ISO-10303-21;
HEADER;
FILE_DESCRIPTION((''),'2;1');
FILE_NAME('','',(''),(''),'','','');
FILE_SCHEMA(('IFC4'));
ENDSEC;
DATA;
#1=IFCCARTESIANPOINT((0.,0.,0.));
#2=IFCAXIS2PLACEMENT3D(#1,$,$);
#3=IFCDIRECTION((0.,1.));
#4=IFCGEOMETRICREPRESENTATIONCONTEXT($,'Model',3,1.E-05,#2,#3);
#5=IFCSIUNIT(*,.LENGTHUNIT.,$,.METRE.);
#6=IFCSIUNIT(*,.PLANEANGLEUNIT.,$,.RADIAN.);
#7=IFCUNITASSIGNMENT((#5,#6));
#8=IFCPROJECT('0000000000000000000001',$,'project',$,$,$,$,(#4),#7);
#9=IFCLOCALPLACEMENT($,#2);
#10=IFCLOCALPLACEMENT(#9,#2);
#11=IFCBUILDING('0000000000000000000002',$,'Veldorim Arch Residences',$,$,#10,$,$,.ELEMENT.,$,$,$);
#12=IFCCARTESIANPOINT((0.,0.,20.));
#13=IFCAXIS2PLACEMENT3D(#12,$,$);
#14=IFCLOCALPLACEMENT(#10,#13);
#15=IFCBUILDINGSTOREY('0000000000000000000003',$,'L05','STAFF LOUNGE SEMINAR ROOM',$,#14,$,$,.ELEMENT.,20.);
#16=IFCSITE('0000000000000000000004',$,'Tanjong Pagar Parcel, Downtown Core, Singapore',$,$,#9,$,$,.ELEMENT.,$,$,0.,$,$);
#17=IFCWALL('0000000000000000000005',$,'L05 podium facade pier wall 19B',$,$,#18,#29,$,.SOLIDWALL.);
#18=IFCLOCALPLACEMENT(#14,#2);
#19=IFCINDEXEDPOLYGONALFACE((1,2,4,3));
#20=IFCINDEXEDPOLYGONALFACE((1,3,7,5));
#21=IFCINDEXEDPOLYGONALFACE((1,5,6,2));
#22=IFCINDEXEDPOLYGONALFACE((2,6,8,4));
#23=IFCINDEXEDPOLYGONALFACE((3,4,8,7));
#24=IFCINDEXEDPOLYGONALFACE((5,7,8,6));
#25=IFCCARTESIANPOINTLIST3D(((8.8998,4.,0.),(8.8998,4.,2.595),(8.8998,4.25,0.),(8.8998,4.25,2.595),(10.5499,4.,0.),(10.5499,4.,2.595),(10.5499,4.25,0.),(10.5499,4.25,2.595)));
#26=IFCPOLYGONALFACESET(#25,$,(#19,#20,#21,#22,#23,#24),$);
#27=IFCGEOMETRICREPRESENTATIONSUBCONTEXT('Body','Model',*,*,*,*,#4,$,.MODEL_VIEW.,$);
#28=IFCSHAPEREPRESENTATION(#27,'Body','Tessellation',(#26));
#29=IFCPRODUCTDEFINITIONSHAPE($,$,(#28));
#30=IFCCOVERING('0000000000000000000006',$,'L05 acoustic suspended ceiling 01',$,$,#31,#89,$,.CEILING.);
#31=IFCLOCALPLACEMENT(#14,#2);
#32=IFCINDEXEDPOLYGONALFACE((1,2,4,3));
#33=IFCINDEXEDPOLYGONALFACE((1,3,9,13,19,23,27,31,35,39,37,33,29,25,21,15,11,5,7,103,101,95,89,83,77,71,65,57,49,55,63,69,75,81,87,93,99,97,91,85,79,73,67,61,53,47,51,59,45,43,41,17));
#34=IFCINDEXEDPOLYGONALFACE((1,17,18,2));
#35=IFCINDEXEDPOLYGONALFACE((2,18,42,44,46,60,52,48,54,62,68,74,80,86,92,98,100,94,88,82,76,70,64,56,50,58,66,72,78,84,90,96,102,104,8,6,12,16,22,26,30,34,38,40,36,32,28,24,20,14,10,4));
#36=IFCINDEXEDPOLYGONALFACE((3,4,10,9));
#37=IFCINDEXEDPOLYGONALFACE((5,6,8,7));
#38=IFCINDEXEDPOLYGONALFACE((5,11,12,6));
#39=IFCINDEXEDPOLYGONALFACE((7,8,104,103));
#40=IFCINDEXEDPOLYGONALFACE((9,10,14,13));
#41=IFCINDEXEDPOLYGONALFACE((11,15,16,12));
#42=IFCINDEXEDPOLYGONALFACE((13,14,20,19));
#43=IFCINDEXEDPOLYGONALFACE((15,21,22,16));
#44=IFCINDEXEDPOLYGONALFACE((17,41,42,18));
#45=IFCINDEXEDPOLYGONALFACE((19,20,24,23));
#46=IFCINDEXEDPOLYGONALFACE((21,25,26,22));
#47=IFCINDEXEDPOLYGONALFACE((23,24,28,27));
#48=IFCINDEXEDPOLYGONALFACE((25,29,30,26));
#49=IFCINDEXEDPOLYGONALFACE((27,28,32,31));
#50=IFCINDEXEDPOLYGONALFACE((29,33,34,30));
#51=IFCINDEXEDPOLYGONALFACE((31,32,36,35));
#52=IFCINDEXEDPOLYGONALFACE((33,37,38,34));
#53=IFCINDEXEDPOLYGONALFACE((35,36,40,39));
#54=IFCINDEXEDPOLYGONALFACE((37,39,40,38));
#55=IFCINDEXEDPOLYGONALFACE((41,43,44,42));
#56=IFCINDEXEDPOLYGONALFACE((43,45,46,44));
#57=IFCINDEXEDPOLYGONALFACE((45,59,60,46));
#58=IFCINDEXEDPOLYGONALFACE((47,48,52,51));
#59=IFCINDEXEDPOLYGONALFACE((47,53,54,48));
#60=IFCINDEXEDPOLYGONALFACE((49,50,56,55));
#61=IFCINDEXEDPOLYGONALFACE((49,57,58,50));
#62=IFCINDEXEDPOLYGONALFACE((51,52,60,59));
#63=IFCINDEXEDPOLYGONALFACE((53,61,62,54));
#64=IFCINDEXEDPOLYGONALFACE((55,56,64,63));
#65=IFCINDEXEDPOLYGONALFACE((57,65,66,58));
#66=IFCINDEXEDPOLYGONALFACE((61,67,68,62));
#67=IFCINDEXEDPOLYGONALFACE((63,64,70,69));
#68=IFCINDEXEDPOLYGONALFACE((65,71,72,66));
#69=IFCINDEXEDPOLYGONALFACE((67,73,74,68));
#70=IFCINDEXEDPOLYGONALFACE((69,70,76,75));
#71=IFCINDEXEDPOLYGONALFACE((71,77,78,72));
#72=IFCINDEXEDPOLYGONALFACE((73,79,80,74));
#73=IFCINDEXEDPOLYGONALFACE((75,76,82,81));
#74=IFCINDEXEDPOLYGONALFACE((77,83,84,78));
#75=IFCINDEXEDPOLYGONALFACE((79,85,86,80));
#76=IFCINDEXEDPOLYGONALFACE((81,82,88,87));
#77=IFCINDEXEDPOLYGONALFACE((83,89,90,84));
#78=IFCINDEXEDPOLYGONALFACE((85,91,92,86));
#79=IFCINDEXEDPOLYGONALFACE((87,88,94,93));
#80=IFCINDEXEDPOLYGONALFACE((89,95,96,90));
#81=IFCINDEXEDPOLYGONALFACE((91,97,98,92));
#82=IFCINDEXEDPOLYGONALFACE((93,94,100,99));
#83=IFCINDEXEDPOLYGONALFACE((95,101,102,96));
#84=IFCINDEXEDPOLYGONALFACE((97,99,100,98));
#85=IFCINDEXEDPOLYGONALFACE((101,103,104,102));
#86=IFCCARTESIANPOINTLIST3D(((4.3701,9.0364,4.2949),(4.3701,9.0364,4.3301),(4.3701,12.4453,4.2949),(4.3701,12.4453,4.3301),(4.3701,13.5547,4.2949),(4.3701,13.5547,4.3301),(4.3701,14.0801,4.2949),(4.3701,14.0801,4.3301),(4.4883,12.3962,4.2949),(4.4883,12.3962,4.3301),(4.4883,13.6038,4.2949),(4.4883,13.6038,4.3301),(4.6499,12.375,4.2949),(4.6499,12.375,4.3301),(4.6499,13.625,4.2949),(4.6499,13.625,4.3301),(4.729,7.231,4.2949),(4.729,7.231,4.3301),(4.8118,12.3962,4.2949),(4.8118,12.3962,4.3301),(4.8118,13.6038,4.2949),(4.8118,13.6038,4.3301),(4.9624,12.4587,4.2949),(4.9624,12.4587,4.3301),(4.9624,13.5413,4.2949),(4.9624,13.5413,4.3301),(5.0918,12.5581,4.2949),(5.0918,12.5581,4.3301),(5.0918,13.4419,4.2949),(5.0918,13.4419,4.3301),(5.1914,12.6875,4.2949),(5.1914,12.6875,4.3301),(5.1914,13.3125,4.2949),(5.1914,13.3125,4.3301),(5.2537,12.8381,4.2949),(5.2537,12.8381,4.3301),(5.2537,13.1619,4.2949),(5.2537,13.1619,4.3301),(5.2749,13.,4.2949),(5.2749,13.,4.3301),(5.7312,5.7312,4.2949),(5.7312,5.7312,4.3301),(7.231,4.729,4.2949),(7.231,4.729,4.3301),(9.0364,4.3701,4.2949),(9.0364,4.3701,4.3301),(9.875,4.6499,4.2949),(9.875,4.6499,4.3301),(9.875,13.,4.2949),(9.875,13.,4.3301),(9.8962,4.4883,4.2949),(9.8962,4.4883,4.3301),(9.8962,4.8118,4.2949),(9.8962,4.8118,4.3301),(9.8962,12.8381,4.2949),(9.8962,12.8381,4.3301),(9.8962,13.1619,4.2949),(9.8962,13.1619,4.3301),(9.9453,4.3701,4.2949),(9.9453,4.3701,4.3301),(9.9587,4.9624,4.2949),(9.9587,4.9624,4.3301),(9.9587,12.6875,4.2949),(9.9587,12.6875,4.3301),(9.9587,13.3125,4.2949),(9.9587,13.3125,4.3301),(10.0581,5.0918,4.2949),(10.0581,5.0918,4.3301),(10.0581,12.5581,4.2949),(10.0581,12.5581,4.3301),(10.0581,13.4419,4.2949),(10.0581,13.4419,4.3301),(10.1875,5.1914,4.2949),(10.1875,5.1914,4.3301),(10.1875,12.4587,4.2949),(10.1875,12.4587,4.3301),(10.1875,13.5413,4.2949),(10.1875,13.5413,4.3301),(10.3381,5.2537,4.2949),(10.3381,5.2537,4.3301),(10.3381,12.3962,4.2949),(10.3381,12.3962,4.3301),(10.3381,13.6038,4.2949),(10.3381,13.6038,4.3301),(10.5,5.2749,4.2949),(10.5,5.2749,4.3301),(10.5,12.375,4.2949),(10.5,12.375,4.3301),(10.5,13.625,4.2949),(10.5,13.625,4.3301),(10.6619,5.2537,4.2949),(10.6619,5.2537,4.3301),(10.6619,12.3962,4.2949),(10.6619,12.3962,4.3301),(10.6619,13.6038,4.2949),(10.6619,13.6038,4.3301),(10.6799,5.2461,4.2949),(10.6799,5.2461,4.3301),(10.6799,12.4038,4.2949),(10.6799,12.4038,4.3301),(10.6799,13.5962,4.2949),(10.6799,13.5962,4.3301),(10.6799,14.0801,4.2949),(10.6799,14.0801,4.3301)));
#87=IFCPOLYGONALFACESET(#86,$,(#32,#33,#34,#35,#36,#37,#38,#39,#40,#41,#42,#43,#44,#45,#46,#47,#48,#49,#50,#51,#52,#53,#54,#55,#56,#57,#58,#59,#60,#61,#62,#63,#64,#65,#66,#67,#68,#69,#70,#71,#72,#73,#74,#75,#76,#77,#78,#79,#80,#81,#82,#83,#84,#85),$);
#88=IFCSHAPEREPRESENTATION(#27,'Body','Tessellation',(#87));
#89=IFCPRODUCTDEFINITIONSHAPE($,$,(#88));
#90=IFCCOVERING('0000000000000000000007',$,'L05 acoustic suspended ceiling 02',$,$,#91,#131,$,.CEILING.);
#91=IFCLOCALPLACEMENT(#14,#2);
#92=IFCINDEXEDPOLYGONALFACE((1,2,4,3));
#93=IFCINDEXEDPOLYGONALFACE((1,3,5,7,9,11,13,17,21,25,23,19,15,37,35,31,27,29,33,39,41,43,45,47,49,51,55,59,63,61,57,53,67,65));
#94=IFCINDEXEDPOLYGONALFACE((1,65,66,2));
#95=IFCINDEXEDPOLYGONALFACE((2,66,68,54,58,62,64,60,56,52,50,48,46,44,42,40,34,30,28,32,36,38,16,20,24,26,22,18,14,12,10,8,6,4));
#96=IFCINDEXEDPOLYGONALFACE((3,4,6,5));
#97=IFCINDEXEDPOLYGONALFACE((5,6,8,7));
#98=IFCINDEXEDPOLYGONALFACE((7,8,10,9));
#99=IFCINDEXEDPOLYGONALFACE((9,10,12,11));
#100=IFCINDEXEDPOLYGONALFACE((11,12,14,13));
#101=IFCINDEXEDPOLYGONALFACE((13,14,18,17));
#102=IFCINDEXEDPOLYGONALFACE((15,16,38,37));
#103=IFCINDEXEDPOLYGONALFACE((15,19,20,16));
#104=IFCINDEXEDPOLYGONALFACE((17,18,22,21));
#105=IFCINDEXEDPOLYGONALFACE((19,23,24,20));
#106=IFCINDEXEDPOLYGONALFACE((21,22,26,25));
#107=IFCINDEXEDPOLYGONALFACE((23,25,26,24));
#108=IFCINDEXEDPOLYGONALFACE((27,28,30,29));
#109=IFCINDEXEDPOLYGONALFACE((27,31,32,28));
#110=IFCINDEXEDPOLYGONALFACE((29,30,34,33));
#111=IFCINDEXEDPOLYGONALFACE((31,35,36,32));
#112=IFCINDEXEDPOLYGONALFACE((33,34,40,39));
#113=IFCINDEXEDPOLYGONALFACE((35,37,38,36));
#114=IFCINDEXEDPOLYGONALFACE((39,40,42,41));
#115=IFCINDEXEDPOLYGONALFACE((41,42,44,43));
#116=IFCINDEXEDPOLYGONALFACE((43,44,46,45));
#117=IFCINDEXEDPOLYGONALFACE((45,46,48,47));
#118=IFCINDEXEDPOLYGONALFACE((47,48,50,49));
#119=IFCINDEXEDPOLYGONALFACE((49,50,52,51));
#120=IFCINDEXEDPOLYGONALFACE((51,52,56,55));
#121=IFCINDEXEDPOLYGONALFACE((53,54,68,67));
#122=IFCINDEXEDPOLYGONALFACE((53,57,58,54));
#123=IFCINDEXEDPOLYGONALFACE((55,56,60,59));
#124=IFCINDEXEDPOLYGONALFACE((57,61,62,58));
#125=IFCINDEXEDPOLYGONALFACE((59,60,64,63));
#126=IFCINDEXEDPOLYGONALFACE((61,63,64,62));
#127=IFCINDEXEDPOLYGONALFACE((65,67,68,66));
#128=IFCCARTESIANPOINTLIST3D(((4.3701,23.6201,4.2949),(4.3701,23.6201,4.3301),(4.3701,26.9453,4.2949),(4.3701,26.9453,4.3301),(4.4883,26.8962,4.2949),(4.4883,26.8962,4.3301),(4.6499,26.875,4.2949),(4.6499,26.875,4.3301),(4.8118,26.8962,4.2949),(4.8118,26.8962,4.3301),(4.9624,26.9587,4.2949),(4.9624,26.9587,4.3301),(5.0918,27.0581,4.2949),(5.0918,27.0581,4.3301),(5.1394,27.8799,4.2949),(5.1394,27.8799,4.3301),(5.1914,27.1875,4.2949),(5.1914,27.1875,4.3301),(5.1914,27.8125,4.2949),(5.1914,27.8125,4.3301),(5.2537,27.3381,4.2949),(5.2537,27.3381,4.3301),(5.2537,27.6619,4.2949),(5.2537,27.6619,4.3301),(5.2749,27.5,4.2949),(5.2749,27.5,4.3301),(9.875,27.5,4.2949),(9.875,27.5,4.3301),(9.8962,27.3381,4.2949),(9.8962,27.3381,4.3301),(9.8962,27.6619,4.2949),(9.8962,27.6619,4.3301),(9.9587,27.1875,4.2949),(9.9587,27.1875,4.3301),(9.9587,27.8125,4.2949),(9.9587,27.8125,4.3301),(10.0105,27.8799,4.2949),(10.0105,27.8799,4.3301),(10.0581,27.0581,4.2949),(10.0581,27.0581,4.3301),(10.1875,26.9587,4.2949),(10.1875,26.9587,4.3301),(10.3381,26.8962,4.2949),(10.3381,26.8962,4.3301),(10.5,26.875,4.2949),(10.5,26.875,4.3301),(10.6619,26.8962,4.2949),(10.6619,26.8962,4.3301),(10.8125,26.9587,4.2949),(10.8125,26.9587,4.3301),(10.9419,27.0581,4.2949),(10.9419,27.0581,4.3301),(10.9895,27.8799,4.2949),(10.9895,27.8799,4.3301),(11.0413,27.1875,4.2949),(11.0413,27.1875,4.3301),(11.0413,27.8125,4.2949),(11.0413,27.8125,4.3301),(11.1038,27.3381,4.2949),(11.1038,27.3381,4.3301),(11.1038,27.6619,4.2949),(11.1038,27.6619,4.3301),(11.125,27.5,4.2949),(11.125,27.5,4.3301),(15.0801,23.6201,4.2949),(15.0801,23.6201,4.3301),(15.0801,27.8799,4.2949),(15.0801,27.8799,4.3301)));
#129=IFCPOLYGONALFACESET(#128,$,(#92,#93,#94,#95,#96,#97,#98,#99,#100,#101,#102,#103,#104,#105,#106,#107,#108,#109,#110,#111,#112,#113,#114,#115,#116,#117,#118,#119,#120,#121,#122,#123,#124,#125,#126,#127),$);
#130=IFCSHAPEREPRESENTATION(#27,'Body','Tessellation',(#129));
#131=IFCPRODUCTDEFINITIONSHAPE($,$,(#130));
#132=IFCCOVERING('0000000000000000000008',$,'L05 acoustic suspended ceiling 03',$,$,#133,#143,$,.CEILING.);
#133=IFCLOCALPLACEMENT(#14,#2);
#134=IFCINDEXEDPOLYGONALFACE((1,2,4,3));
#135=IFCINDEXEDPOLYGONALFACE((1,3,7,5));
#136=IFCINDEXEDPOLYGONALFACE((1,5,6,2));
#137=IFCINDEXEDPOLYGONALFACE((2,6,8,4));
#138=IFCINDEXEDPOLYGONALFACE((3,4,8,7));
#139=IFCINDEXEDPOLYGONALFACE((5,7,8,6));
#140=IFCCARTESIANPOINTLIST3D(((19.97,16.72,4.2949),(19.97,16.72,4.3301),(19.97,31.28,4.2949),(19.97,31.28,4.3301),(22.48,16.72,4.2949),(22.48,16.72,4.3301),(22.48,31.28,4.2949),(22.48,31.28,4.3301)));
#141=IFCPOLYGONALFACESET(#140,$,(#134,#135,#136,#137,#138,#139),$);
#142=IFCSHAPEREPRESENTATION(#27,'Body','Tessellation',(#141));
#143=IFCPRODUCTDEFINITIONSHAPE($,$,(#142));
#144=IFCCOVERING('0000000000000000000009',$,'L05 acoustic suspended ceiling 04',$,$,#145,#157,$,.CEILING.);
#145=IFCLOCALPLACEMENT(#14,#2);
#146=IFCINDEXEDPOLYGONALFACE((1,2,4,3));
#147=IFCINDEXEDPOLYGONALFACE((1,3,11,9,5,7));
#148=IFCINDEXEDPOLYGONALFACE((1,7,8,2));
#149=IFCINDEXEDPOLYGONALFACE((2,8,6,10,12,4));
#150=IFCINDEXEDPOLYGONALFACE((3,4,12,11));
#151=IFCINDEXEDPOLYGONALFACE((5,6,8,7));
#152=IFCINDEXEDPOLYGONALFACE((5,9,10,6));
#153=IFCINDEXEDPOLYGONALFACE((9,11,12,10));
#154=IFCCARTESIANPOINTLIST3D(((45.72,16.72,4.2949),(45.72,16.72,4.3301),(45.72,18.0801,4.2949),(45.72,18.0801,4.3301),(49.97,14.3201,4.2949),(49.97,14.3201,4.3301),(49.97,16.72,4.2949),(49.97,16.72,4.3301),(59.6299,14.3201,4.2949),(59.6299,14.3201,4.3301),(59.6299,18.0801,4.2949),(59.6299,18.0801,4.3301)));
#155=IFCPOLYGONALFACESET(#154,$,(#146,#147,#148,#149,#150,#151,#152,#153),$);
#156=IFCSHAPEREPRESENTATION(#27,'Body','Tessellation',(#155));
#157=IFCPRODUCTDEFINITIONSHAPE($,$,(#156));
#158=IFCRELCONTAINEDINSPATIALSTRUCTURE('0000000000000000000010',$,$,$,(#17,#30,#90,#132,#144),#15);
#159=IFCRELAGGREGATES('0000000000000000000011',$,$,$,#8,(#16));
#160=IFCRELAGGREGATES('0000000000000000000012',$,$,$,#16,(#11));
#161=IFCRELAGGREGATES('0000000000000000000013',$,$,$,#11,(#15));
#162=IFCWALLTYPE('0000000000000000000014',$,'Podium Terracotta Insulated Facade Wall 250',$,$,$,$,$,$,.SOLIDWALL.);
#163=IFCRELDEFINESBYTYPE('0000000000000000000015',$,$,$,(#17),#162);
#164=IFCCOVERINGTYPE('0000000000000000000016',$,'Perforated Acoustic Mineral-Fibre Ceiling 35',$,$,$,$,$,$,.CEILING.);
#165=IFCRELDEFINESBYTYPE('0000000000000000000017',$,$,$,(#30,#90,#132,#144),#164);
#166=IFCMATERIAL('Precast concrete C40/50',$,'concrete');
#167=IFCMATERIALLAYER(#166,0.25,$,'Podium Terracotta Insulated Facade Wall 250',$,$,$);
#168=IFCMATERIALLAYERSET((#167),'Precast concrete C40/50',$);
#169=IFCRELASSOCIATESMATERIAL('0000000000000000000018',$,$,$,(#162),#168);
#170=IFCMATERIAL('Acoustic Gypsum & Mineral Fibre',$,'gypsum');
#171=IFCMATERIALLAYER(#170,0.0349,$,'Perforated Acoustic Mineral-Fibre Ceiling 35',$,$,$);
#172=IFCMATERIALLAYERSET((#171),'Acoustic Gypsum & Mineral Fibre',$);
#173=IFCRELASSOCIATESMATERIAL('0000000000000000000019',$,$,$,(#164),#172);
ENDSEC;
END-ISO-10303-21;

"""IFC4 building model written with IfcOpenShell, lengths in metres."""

from ifc_helpers import new_model, si_unit, direction, frame, frame_2d, origin, place, context, subcontext, project, spatial, polyline, rectangle, outline, extrude, material, layer, layer_set, type_object, element, save


model = new_model("IFC4")

# Units and contexts
model_context = context("Model", 3, precision=1e-05, world=origin(), true_north=direction((0.0, 1.0)))
body_context = subcontext(model_context, "Body", "Model", "MODEL_VIEW")
ifc_project = project(units=[si_unit("LENGTHUNIT", "METRE"), si_unit("PLANEANGLEUNIT", "RADIAN")], contexts=[model_context])

# Site, building, storey
site_placement = place(None, origin())
site = spatial("IfcSite", under=ifc_project, at=site_placement, Name="Tanjong Pagar Parcel, Downtown Core, Singapore", CompositionType="ELEMENT", RefElevation=0.0)
building_placement = place(site_placement, origin())
building = spatial("IfcBuilding", under=site, at=building_placement, Name="Veldorim Arch Residences", CompositionType="ELEMENT")
storey_placement = place(building_placement, frame((0.0, 0.0, 20.0)))
storey = spatial("IfcBuildingStorey", under=building, at=storey_placement, Name="L05", Description="STAFF LOUNGE SEMINAR ROOM", CompositionType="ELEMENT", Elevation=20.0)

# Wall
ifc_material_1 = material(Name="Precast concrete C40/50", Category="concrete")
ifc_layer_1 = layer(ifc_material_1, 0.25, Name="Podium Terracotta Insulated Facade Wall 250")
ifc_layer_set_1 = layer_set([ifc_layer_1], Name="Precast concrete C40/50")
wall_type = type_object("IfcWallType", Name="Podium Terracotta Insulated Facade Wall 250", PredefinedType="SOLIDWALL", material=ifc_layer_set_1)
wall_1_placement = place(storey_placement, frame((10.55, 4.125, 0.0), z_axis=(0.0, 0.0, 1.0), x_axis=(-1.0, 0.0, 0.0)))
element("IfcWall", 1, at=wall_1_placement, inside=storey, type_object=wall_type, Name="L05 podium facade pier wall 19B", PredefinedType="SOLIDWALL", context=body_context, shape_type="SweptSolid", body=[
    extrude(rectangle(XDim=1.6501, YDim=0.25, at=frame_2d((0.8252, 0.0))), origin(), (0.0, 0.0, 1.0), 2.595),
])

# Coverings
ifc_material_2 = material(Name="Acoustic Gypsum & Mineral Fibre", Category="gypsum")
ifc_layer_2 = layer(ifc_material_2, 0.0349, Name="Perforated Acoustic Mineral-Fibre Ceiling 35")
ifc_layer_set_2 = layer_set([ifc_layer_2], Name="Acoustic Gypsum & Mineral Fibre")
covering_type_1 = type_object("IfcCoveringType", Name="Perforated Acoustic Mineral-Fibre Ceiling 35", PredefinedType="CEILING", material=ifc_layer_set_2)
covering_1_placement = place(storey_placement, frame((0.0, 0.0, 4.2949)))
element("IfcCovering", 2, at=covering_1_placement, inside=storey, type_object=covering_type_1, Name="L05 acoustic suspended ceiling 01", PredefinedType="CEILING", context=body_context, shape_type="SweptSolid", body=[
    extrude(outline(polyline([(4.3701, 9.0364), (4.3701, 12.4453), (4.4883, 12.3962), (4.6499, 12.375), (4.8118, 12.3962), (4.9624, 12.4587), (5.0918, 12.5581), (5.1914, 12.6875), (5.2537, 12.8381), (5.2749, 13.0), (5.2537, 13.1619), (5.1914, 13.3125), (5.0918, 13.4419), (4.9624, 13.5413), (4.8118, 13.6038), (4.6499, 13.625), (4.4883, 13.6038), (4.3701, 13.5547), (4.3701, 14.0801), (10.6799, 14.0801), (10.6799, 13.5962), (10.6619, 13.6038), (10.5, 13.625), (10.3381, 13.6038), (10.1875, 13.5413), (10.0581, 13.4419), (9.9587, 13.3125), (9.8962, 13.1619), (9.875, 13.0), (9.8962, 12.8381), (9.9587, 12.6875), (10.0581, 12.5581), (10.1875, 12.4587), (10.3381, 12.3962), (10.5, 12.375), (10.6619, 12.3962), (10.6799, 12.4038), (10.6799, 5.2461), (10.6619, 5.2537), (10.5, 5.2749), (10.3381, 5.2537), (10.1875, 5.1914), (10.0581, 5.0918), (9.9587, 4.9624), (9.8962, 4.8118), (9.875, 4.6499), (9.8962, 4.4883), (9.9453, 4.3701), (9.0364, 4.3701), (7.231, 4.729), (5.7312, 5.7312), (4.729, 7.231), (4.3701, 9.0364)])), origin(), (0.0, 0.0, 1.0), 0.0352),
])
covering_2_placement = place(storey_placement, frame((0.0, 0.0, 4.2949)))
element("IfcCovering", 3, at=covering_2_placement, inside=storey, type_object=covering_type_1, Name="L05 acoustic suspended ceiling 02", PredefinedType="CEILING", context=body_context, shape_type="SweptSolid", body=[
    extrude(outline(polyline([(4.3701, 26.9453), (4.4883, 26.8962), (4.6499, 26.875), (4.8118, 26.8962), (4.9624, 26.9587), (5.0918, 27.0581), (5.1914, 27.1875), (5.2537, 27.3381), (5.2749, 27.5), (5.2537, 27.6619), (5.1914, 27.8125), (5.1394, 27.8799), (10.0105, 27.8799), (9.9587, 27.8125), (9.8962, 27.6619), (9.875, 27.5), (9.8962, 27.3381), (9.9587, 27.1875), (10.0581, 27.0581), (10.1875, 26.9587), (10.3381, 26.8962), (10.5, 26.875), (10.6619, 26.8962), (10.8125, 26.9587), (10.9419, 27.0581), (11.0413, 27.1875), (11.1038, 27.3381), (11.125, 27.5), (11.1038, 27.6619), (11.0413, 27.8125), (10.9895, 27.8799), (15.0801, 27.8799), (15.0801, 23.6201), (4.3701, 23.6201), (4.3701, 26.9453)])), origin(), (0.0, 0.0, 1.0), 0.0352),
])
covering_3_placement = place(storey_placement, frame((0.0, 0.0, 4.2949)))
element("IfcCovering", 4, at=covering_3_placement, inside=storey, type_object=covering_type_1, Name="L05 acoustic suspended ceiling 03", PredefinedType="CEILING", context=body_context, shape_type="SweptSolid", body=[
    extrude(outline(polyline([(22.48, 31.28), (22.48, 16.72), (19.97, 16.72), (19.97, 31.28), (22.48, 31.28)])), origin(), (0.0, 0.0, 1.0), 0.0352),
])
covering_4_placement = place(storey_placement, frame((0.0, 0.0, 4.2949)))
element("IfcCovering", 5, at=covering_4_placement, inside=storey, type_object=covering_type_1, Name="L05 acoustic suspended ceiling 04", PredefinedType="CEILING", context=body_context, shape_type="SweptSolid", body=[
    extrude(outline(polyline([(49.97, 16.72), (45.72, 16.72), (45.72, 18.0801), (59.6299, 18.0801), (59.6299, 14.3201), (49.97, 14.3201), (49.97, 16.72)])), origin(), (0.0, 0.0, 1.0), 0.0352),
])

save(model, "model.ifc")
